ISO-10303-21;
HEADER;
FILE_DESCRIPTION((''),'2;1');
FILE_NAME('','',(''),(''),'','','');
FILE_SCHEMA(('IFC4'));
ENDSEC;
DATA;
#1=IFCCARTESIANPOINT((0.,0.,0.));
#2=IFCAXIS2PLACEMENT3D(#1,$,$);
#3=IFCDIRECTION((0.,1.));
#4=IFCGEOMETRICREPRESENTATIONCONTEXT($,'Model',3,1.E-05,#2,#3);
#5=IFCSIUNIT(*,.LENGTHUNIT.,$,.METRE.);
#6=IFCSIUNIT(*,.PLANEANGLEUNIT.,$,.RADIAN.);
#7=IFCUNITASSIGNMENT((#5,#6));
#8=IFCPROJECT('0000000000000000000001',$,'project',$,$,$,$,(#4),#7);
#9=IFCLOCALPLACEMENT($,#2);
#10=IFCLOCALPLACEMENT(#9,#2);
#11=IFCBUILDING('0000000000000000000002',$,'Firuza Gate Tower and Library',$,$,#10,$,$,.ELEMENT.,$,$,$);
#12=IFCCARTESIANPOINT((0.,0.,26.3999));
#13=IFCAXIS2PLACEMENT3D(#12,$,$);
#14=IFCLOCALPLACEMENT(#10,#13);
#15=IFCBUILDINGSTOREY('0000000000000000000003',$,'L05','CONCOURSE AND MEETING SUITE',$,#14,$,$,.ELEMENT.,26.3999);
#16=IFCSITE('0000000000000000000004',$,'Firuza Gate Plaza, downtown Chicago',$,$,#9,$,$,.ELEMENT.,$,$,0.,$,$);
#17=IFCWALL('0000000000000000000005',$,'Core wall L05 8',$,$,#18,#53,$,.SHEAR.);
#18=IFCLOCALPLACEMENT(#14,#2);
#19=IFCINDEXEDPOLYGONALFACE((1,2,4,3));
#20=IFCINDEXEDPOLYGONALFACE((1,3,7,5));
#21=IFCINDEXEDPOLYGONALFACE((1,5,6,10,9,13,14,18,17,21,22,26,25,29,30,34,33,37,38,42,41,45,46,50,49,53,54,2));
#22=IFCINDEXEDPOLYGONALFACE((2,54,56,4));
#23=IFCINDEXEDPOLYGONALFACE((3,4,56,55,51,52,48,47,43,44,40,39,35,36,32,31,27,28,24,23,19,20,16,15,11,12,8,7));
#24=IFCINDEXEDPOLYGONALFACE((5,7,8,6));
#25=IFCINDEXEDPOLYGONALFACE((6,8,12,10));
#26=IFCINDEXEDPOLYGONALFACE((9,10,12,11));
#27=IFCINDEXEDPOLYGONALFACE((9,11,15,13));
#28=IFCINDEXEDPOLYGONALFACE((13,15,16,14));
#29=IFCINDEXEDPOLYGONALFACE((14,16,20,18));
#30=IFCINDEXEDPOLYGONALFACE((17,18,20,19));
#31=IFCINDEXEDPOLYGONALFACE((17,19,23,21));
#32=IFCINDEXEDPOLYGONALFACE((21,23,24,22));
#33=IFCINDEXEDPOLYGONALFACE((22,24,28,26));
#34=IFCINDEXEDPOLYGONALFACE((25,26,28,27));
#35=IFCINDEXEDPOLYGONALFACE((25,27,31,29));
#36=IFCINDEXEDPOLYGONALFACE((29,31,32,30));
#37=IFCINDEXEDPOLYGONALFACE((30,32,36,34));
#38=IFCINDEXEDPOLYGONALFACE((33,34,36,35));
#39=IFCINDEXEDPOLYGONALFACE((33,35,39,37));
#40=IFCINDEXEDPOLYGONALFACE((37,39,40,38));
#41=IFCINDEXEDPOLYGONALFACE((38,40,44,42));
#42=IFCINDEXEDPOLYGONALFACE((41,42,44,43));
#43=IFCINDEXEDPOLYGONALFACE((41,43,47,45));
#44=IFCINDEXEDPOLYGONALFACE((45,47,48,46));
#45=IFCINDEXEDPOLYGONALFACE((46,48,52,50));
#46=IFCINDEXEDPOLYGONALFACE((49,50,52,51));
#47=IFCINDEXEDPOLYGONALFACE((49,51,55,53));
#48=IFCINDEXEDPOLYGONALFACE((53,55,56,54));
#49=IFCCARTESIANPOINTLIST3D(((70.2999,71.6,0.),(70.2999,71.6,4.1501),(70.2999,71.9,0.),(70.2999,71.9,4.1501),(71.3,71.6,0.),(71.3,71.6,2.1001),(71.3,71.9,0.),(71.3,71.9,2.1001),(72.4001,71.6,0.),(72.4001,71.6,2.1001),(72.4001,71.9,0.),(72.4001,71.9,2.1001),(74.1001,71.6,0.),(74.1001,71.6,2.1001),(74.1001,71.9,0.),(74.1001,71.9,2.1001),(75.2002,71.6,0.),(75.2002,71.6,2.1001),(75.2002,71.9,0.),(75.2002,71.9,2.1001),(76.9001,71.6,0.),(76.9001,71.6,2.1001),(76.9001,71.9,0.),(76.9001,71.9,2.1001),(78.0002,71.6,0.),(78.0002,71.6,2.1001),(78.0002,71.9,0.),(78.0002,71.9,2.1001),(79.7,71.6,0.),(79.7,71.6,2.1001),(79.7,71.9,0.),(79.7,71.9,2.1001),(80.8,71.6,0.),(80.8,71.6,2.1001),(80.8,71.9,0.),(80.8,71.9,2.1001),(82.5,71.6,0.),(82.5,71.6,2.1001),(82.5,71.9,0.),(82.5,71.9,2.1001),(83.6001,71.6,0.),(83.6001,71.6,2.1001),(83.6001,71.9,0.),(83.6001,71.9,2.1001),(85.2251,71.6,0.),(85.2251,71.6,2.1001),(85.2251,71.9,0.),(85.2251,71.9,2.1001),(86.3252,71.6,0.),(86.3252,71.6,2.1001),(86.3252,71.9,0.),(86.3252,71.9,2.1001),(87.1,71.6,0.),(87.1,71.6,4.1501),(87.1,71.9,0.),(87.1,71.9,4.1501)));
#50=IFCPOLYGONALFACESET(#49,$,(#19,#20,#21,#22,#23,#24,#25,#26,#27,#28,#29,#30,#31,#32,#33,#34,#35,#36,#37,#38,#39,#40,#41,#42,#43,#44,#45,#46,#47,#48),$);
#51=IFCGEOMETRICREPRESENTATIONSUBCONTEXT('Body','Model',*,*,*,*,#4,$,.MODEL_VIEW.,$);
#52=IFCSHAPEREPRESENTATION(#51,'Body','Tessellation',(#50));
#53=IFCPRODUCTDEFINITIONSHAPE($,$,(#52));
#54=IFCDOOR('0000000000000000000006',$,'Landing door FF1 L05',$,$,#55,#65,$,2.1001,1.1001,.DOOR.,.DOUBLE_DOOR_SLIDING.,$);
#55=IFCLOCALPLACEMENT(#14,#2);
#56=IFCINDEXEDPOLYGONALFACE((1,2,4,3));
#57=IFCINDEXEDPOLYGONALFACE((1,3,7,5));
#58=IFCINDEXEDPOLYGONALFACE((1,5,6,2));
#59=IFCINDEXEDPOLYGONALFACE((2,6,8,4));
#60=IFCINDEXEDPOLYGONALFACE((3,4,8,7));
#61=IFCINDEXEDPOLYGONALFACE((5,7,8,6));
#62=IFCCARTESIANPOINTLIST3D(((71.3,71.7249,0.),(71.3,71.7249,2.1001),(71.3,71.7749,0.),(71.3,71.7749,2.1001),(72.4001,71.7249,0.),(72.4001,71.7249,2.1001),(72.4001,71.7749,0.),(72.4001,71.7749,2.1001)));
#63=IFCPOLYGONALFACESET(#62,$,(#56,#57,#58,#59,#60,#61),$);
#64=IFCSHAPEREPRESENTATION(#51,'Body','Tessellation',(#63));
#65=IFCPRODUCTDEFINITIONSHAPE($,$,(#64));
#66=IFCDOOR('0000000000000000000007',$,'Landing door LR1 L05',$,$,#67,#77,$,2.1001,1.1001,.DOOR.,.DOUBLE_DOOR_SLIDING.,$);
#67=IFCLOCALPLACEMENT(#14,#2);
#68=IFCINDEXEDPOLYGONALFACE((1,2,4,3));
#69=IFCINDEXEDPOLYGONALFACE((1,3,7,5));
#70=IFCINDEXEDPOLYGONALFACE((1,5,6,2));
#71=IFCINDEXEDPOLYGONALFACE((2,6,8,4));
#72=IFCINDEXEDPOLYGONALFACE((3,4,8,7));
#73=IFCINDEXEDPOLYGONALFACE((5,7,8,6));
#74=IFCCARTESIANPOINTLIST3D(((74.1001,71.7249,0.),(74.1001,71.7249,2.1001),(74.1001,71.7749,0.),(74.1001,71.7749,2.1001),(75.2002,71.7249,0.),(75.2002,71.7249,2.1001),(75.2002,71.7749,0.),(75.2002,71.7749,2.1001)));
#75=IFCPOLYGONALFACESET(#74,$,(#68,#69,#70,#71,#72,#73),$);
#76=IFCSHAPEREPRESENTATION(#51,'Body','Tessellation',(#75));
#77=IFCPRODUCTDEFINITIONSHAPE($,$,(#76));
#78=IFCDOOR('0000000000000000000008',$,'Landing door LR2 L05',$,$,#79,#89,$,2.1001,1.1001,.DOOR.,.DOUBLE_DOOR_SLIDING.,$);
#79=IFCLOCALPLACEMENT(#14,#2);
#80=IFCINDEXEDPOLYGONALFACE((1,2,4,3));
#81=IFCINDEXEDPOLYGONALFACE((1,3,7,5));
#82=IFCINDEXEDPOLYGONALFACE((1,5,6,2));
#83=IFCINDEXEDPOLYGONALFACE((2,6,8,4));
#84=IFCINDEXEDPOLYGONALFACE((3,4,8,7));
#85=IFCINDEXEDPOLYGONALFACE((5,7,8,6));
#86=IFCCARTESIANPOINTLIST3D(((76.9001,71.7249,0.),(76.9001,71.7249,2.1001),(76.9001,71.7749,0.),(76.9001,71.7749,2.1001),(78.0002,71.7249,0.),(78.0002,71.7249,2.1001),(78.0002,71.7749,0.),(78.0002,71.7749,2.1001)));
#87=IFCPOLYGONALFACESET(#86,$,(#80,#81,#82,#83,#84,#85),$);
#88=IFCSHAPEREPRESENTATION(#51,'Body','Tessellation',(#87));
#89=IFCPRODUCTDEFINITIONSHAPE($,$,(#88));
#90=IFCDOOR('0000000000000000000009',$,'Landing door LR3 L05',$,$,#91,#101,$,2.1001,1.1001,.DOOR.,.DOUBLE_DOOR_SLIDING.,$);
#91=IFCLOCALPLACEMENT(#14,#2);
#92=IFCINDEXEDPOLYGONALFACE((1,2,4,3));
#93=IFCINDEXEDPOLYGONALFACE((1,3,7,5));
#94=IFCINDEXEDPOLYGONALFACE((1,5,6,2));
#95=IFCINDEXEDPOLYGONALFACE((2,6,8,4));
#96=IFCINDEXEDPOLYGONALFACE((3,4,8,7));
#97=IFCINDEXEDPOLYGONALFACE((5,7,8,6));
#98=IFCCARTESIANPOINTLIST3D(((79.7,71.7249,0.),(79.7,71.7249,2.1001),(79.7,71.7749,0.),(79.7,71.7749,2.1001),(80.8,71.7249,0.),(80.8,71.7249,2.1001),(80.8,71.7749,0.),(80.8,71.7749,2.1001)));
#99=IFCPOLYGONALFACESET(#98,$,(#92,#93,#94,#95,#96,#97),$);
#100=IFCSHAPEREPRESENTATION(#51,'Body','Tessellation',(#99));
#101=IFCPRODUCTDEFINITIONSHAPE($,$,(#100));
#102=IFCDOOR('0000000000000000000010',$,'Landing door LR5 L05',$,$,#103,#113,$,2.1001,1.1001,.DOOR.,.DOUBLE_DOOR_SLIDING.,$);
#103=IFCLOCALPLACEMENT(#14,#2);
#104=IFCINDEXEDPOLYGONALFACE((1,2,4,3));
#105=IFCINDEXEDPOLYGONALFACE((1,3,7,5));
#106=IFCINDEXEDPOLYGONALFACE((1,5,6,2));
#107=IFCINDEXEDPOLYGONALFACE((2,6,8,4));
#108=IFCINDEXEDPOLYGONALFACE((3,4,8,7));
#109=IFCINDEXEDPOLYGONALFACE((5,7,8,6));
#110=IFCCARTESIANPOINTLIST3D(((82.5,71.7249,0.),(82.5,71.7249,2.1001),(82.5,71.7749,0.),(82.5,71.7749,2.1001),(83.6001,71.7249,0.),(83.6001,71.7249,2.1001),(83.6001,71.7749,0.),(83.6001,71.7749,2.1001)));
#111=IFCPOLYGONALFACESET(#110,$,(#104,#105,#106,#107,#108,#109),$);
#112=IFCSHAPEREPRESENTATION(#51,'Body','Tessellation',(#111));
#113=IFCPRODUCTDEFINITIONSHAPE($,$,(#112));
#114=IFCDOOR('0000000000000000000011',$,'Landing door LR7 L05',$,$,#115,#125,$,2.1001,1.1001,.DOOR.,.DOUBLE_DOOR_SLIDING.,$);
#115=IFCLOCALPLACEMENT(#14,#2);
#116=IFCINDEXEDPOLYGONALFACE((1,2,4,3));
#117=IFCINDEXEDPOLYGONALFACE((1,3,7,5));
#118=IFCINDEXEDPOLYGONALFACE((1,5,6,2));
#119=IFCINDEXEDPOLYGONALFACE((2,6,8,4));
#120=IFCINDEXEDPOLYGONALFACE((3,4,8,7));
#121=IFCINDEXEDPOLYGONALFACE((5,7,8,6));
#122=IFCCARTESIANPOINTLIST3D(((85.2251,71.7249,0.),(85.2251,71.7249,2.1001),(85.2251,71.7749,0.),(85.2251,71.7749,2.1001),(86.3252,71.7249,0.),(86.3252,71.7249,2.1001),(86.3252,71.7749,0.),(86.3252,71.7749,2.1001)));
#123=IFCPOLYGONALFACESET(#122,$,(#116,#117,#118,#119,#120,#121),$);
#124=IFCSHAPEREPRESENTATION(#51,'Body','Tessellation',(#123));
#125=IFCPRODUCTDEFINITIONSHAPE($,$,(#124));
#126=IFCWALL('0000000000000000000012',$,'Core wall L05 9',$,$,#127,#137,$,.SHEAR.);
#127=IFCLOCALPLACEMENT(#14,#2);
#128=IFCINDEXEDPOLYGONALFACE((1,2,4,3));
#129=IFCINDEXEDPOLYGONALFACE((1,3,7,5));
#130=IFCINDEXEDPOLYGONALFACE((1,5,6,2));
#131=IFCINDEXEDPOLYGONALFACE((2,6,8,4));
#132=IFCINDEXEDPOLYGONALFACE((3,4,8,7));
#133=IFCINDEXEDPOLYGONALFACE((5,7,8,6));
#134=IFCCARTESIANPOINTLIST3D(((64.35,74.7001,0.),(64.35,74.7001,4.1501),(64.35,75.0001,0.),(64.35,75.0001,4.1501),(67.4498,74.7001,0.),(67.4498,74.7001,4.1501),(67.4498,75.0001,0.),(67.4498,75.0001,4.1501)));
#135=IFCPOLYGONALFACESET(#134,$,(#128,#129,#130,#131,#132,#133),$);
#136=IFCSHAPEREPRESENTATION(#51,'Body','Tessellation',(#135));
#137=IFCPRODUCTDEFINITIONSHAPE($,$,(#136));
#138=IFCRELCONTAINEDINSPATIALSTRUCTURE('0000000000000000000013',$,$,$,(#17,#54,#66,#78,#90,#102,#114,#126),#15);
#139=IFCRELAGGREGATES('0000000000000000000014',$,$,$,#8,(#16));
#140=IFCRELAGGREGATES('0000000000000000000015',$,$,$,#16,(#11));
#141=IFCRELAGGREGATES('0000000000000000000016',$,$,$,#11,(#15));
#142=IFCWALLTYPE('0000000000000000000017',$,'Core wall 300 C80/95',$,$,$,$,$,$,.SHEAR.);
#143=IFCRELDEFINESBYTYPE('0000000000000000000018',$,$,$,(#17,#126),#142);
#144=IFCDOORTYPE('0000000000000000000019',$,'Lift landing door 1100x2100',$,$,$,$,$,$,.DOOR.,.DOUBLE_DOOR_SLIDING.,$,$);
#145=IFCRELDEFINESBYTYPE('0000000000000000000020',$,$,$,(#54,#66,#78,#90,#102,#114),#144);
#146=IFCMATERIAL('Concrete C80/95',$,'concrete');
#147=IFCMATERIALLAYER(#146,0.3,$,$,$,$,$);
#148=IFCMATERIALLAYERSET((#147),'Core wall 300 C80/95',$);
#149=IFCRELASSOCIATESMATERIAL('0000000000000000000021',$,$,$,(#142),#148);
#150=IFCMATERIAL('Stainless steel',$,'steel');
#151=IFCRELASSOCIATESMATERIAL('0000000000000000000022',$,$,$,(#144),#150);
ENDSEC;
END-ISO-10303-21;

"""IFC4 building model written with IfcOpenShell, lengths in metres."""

from ifc_helpers import new_model, si_unit, direction, frame, frame_2d, origin, place, context, subcontext, project, spatial, rectangle, extrude, material, layer, layer_set, type_object, element, fill, save


model = new_model("IFC4")

# Units and contexts
model_context = context("Model", 3, precision=1e-05, world=origin(), true_north=direction((0.0, 1.0)))
body_context = subcontext(model_context, "Body", "Model", "MODEL_VIEW")
ifc_project = project(units=[si_unit("LENGTHUNIT", "METRE"), si_unit("PLANEANGLEUNIT", "RADIAN")], contexts=[model_context])

# Site, building, storey
site_placement = place(None, origin())
site = spatial("IfcSite", under=ifc_project, at=site_placement, Name="Firuza Gate Plaza, downtown Chicago", CompositionType="ELEMENT", RefElevation=0.0)
building_placement = place(site_placement, origin())
building = spatial("IfcBuilding", under=site, at=building_placement, Name="Firuza Gate Tower and Library", CompositionType="ELEMENT")
storey_placement = place(building_placement, frame((0.0, 0.0, 26.3999)))
storey = spatial("IfcBuildingStorey", under=building, at=storey_placement, Name="L05", Description="CONCOURSE AND MEETING SUITE", CompositionType="ELEMENT", Elevation=26.3999)

# Shared definitions
ifc_material_1 = material(Name="Concrete C80/95", Category="concrete")
ifc_layer_1 = layer(ifc_material_1, 0.3)
ifc_layer_set_1 = layer_set([ifc_layer_1], Name="Core wall 300 C80/95")
wall_type_1 = type_object("IfcWallType", Name="Core wall 300 C80/95", PredefinedType="SHEAR", material=ifc_layer_set_1)

# Wall, openings, doors
wall_1_placement = place(storey_placement, frame((70.3, 71.75, 0.0), z_axis=(0.0, 0.0, 1.0), x_axis=(1.0, 0.0, 0.0)))
wall_1 = element("IfcWall", 1, at=wall_1_placement, inside=storey, type_object=wall_type_1, Name="Core wall L05 8", PredefinedType="SHEAR", context=body_context, shape_type="SweptSolid", body=[
    extrude(rectangle(XDim=16.8, YDim=0.3, at=frame_2d((8.3999, 0.0))), origin(), (0.0, 0.0, 1.0), 4.1501),
])
opening_1_placement = place(wall_1_placement, frame((1.0, 0.0, 0.0)))
opening_1 = element("IfcOpeningElement", 2, at=opening_1_placement, cuts=wall_1, PredefinedType="OPENING", context=body_context, shape_type="SweptSolid", body=[
    extrude(rectangle(XDim=1.1001, YDim=2.1001, at=frame_2d((0.55, 1.05))), frame((0.0, 0.1602, 0.0), z_axis=(0.0, -1.0, 0.0), x_axis=(1.0, 0.0, 0.0)), (0.0, 0.0, 1.0), 0.3201),
])
opening_2_placement = place(wall_1_placement, frame((3.8, 0.0, 0.0)))
opening_2 = element("IfcOpeningElement", 3, at=opening_2_placement, cuts=wall_1, PredefinedType="OPENING", context=body_context, shape_type="SweptSolid", body=[
    extrude(rectangle(XDim=1.1001, YDim=2.1001, at=frame_2d((0.55, 1.05))), frame((0.0, 0.1602, 0.0), z_axis=(0.0, -1.0, 0.0), x_axis=(1.0, 0.0, 0.0)), (0.0, 0.0, 1.0), 0.3201),
])
opening_3_placement = place(wall_1_placement, frame((6.6001, 0.0, 0.0)))
opening_3 = element("IfcOpeningElement", 4, at=opening_3_placement, cuts=wall_1, PredefinedType="OPENING", context=body_context, shape_type="SweptSolid", body=[
    extrude(rectangle(XDim=1.1001, YDim=2.1001, at=frame_2d((0.55, 1.05))), frame((0.0, 0.1602, 0.0), z_axis=(0.0, -1.0, 0.0), x_axis=(1.0, 0.0, 0.0)), (0.0, 0.0, 1.0), 0.3201),
])
opening_4_placement = place(wall_1_placement, frame((9.3999, 0.0, 0.0)))
opening_4 = element("IfcOpeningElement", 5, at=opening_4_placement, cuts=wall_1, PredefinedType="OPENING", context=body_context, shape_type="SweptSolid", body=[
    extrude(rectangle(XDim=1.1001, YDim=2.1001, at=frame_2d((0.55, 1.05))), frame((0.0, 0.1602, 0.0), z_axis=(0.0, -1.0, 0.0), x_axis=(1.0, 0.0, 0.0)), (0.0, 0.0, 1.0), 0.3201),
])
opening_5_placement = place(wall_1_placement, frame((12.2, 0.0, 0.0)))
opening_5 = element("IfcOpeningElement", 6, at=opening_5_placement, cuts=wall_1, PredefinedType="OPENING", context=body_context, shape_type="SweptSolid", body=[
    extrude(rectangle(XDim=1.1001, YDim=2.1001, at=frame_2d((0.55, 1.05))), frame((0.0, 0.1602, 0.0), z_axis=(0.0, -1.0, 0.0), x_axis=(1.0, 0.0, 0.0)), (0.0, 0.0, 1.0), 0.3201),
])
opening_6_placement = place(wall_1_placement, frame((14.925, 0.0, 0.0)))
opening_6 = element("IfcOpeningElement", 7, at=opening_6_placement, cuts=wall_1, PredefinedType="OPENING", context=body_context, shape_type="SweptSolid", body=[
    extrude(rectangle(XDim=1.1001, YDim=2.1001, at=frame_2d((0.55, 1.05))), frame((0.0, 0.1602, 0.0), z_axis=(0.0, -1.0, 0.0), x_axis=(1.0, 0.0, 0.0)), (0.0, 0.0, 1.0), 0.3201),
])
ifc_material_2 = material(Name="Stainless steel", Category="steel")
door_type_1 = type_object("IfcDoorType", Name="Lift landing door 1100x2100", OperationType="DOUBLE_DOOR_SLIDING", PredefinedType="DOOR", material=ifc_material_2)
door_1_placement = place(opening_1_placement, origin())
door_1 = element("IfcDoor", 8, at=door_1_placement, inside=storey, type_object=door_type_1, Name="Landing door FF1 L05", OperationType="DOUBLE_DOOR_SLIDING", OverallHeight=2.1001, OverallWidth=1.1001, PredefinedType="DOOR", context=body_context, shape_type="SweptSolid", body=[
    extrude(rectangle(XDim=1.1001, YDim=2.1001, at=frame_2d((0.55, 1.05))), frame((0.0, 0.0249, 0.0), z_axis=(0.0, -1.0, 0.0), x_axis=(1.0, 0.0, 0.0)), (0.0, 0.0, 1.0), 0.05),
])
fill(opening_1, door_1)
door_2_placement = place(opening_2_placement, origin())
door_2 = element("IfcDoor", 9, at=door_2_placement, inside=storey, type_object=door_type_1, Name="Landing door LR1 L05", OperationType="DOUBLE_DOOR_SLIDING", OverallHeight=2.1001, OverallWidth=1.1001, PredefinedType="DOOR", context=body_context, shape_type="SweptSolid", body=[
    extrude(rectangle(XDim=1.1001, YDim=2.1001, at=frame_2d((0.55, 1.05))), frame((0.0, 0.0249, 0.0), z_axis=(0.0, -1.0, 0.0), x_axis=(1.0, 0.0, 0.0)), (0.0, 0.0, 1.0), 0.05),
])
fill(opening_2, door_2)
door_3_placement = place(opening_3_placement, origin())
door_3 = element("IfcDoor", 10, at=door_3_placement, inside=storey, type_object=door_type_1, Name="Landing door LR2 L05", OperationType="DOUBLE_DOOR_SLIDING", OverallHeight=2.1001, OverallWidth=1.1001, PredefinedType="DOOR", context=body_context, shape_type="SweptSolid", body=[
    extrude(rectangle(XDim=1.1001, YDim=2.1001, at=frame_2d((0.55, 1.05))), frame((0.0, 0.0249, 0.0), z_axis=(0.0, -1.0, 0.0), x_axis=(1.0, 0.0, 0.0)), (0.0, 0.0, 1.0), 0.05),
])
fill(opening_3, door_3)
door_4_placement = place(opening_4_placement, origin())
door_4 = element("IfcDoor", 11, at=door_4_placement, inside=storey, type_object=door_type_1, Name="Landing door LR3 L05", OperationType="DOUBLE_DOOR_SLIDING", OverallHeight=2.1001, OverallWidth=1.1001, PredefinedType="DOOR", context=body_context, shape_type="SweptSolid", body=[
    extrude(rectangle(XDim=1.1001, YDim=2.1001, at=frame_2d((0.55, 1.05))), frame((0.0, 0.0249, 0.0), z_axis=(0.0, -1.0, 0.0), x_axis=(1.0, 0.0, 0.0)), (0.0, 0.0, 1.0), 0.05),
])
fill(opening_4, door_4)
door_5_placement = place(opening_5_placement, origin())
door_5 = element("IfcDoor", 12, at=door_5_placement, inside=storey, type_object=door_type_1, Name="Landing door LR5 L05", OperationType="DOUBLE_DOOR_SLIDING", OverallHeight=2.1001, OverallWidth=1.1001, PredefinedType="DOOR", context=body_context, shape_type="SweptSolid", body=[
    extrude(rectangle(XDim=1.1001, YDim=2.1001, at=frame_2d((0.55, 1.05))), frame((0.0, 0.0249, 0.0), z_axis=(0.0, -1.0, 0.0), x_axis=(1.0, 0.0, 0.0)), (0.0, 0.0, 1.0), 0.05),
])
fill(opening_5, door_5)
door_6_placement = place(opening_6_placement, origin())
door_6 = element("IfcDoor", 13, at=door_6_placement, inside=storey, type_object=door_type_1, Name="Landing door LR7 L05", OperationType="DOUBLE_DOOR_SLIDING", OverallHeight=2.1001, OverallWidth=1.1001, PredefinedType="DOOR", context=body_context, shape_type="SweptSolid", body=[
    extrude(rectangle(XDim=1.1001, YDim=2.1001, at=frame_2d((0.55, 1.05))), frame((0.0, 0.0249, 0.0), z_axis=(0.0, -1.0, 0.0), x_axis=(1.0, 0.0, 0.0)), (0.0, 0.0, 1.0), 0.05),
])
fill(opening_6, door_6)

# Wall
wall_2_placement = place(storey_placement, frame((64.3501, 74.8501, 0.0), z_axis=(0.0, 0.0, 1.0), x_axis=(1.0, 0.0, 0.0)))
element("IfcWall", 14, at=wall_2_placement, inside=storey, type_object=wall_type_1, Name="Core wall L05 9", PredefinedType="SHEAR", context=body_context, shape_type="SweptSolid", body=[
    extrude(rectangle(XDim=3.0999, YDim=0.3, at=frame_2d((1.5498, 0.0))), origin(), (0.0, 0.0, 1.0), 4.1501),
])

save(model, "model.ifc")
